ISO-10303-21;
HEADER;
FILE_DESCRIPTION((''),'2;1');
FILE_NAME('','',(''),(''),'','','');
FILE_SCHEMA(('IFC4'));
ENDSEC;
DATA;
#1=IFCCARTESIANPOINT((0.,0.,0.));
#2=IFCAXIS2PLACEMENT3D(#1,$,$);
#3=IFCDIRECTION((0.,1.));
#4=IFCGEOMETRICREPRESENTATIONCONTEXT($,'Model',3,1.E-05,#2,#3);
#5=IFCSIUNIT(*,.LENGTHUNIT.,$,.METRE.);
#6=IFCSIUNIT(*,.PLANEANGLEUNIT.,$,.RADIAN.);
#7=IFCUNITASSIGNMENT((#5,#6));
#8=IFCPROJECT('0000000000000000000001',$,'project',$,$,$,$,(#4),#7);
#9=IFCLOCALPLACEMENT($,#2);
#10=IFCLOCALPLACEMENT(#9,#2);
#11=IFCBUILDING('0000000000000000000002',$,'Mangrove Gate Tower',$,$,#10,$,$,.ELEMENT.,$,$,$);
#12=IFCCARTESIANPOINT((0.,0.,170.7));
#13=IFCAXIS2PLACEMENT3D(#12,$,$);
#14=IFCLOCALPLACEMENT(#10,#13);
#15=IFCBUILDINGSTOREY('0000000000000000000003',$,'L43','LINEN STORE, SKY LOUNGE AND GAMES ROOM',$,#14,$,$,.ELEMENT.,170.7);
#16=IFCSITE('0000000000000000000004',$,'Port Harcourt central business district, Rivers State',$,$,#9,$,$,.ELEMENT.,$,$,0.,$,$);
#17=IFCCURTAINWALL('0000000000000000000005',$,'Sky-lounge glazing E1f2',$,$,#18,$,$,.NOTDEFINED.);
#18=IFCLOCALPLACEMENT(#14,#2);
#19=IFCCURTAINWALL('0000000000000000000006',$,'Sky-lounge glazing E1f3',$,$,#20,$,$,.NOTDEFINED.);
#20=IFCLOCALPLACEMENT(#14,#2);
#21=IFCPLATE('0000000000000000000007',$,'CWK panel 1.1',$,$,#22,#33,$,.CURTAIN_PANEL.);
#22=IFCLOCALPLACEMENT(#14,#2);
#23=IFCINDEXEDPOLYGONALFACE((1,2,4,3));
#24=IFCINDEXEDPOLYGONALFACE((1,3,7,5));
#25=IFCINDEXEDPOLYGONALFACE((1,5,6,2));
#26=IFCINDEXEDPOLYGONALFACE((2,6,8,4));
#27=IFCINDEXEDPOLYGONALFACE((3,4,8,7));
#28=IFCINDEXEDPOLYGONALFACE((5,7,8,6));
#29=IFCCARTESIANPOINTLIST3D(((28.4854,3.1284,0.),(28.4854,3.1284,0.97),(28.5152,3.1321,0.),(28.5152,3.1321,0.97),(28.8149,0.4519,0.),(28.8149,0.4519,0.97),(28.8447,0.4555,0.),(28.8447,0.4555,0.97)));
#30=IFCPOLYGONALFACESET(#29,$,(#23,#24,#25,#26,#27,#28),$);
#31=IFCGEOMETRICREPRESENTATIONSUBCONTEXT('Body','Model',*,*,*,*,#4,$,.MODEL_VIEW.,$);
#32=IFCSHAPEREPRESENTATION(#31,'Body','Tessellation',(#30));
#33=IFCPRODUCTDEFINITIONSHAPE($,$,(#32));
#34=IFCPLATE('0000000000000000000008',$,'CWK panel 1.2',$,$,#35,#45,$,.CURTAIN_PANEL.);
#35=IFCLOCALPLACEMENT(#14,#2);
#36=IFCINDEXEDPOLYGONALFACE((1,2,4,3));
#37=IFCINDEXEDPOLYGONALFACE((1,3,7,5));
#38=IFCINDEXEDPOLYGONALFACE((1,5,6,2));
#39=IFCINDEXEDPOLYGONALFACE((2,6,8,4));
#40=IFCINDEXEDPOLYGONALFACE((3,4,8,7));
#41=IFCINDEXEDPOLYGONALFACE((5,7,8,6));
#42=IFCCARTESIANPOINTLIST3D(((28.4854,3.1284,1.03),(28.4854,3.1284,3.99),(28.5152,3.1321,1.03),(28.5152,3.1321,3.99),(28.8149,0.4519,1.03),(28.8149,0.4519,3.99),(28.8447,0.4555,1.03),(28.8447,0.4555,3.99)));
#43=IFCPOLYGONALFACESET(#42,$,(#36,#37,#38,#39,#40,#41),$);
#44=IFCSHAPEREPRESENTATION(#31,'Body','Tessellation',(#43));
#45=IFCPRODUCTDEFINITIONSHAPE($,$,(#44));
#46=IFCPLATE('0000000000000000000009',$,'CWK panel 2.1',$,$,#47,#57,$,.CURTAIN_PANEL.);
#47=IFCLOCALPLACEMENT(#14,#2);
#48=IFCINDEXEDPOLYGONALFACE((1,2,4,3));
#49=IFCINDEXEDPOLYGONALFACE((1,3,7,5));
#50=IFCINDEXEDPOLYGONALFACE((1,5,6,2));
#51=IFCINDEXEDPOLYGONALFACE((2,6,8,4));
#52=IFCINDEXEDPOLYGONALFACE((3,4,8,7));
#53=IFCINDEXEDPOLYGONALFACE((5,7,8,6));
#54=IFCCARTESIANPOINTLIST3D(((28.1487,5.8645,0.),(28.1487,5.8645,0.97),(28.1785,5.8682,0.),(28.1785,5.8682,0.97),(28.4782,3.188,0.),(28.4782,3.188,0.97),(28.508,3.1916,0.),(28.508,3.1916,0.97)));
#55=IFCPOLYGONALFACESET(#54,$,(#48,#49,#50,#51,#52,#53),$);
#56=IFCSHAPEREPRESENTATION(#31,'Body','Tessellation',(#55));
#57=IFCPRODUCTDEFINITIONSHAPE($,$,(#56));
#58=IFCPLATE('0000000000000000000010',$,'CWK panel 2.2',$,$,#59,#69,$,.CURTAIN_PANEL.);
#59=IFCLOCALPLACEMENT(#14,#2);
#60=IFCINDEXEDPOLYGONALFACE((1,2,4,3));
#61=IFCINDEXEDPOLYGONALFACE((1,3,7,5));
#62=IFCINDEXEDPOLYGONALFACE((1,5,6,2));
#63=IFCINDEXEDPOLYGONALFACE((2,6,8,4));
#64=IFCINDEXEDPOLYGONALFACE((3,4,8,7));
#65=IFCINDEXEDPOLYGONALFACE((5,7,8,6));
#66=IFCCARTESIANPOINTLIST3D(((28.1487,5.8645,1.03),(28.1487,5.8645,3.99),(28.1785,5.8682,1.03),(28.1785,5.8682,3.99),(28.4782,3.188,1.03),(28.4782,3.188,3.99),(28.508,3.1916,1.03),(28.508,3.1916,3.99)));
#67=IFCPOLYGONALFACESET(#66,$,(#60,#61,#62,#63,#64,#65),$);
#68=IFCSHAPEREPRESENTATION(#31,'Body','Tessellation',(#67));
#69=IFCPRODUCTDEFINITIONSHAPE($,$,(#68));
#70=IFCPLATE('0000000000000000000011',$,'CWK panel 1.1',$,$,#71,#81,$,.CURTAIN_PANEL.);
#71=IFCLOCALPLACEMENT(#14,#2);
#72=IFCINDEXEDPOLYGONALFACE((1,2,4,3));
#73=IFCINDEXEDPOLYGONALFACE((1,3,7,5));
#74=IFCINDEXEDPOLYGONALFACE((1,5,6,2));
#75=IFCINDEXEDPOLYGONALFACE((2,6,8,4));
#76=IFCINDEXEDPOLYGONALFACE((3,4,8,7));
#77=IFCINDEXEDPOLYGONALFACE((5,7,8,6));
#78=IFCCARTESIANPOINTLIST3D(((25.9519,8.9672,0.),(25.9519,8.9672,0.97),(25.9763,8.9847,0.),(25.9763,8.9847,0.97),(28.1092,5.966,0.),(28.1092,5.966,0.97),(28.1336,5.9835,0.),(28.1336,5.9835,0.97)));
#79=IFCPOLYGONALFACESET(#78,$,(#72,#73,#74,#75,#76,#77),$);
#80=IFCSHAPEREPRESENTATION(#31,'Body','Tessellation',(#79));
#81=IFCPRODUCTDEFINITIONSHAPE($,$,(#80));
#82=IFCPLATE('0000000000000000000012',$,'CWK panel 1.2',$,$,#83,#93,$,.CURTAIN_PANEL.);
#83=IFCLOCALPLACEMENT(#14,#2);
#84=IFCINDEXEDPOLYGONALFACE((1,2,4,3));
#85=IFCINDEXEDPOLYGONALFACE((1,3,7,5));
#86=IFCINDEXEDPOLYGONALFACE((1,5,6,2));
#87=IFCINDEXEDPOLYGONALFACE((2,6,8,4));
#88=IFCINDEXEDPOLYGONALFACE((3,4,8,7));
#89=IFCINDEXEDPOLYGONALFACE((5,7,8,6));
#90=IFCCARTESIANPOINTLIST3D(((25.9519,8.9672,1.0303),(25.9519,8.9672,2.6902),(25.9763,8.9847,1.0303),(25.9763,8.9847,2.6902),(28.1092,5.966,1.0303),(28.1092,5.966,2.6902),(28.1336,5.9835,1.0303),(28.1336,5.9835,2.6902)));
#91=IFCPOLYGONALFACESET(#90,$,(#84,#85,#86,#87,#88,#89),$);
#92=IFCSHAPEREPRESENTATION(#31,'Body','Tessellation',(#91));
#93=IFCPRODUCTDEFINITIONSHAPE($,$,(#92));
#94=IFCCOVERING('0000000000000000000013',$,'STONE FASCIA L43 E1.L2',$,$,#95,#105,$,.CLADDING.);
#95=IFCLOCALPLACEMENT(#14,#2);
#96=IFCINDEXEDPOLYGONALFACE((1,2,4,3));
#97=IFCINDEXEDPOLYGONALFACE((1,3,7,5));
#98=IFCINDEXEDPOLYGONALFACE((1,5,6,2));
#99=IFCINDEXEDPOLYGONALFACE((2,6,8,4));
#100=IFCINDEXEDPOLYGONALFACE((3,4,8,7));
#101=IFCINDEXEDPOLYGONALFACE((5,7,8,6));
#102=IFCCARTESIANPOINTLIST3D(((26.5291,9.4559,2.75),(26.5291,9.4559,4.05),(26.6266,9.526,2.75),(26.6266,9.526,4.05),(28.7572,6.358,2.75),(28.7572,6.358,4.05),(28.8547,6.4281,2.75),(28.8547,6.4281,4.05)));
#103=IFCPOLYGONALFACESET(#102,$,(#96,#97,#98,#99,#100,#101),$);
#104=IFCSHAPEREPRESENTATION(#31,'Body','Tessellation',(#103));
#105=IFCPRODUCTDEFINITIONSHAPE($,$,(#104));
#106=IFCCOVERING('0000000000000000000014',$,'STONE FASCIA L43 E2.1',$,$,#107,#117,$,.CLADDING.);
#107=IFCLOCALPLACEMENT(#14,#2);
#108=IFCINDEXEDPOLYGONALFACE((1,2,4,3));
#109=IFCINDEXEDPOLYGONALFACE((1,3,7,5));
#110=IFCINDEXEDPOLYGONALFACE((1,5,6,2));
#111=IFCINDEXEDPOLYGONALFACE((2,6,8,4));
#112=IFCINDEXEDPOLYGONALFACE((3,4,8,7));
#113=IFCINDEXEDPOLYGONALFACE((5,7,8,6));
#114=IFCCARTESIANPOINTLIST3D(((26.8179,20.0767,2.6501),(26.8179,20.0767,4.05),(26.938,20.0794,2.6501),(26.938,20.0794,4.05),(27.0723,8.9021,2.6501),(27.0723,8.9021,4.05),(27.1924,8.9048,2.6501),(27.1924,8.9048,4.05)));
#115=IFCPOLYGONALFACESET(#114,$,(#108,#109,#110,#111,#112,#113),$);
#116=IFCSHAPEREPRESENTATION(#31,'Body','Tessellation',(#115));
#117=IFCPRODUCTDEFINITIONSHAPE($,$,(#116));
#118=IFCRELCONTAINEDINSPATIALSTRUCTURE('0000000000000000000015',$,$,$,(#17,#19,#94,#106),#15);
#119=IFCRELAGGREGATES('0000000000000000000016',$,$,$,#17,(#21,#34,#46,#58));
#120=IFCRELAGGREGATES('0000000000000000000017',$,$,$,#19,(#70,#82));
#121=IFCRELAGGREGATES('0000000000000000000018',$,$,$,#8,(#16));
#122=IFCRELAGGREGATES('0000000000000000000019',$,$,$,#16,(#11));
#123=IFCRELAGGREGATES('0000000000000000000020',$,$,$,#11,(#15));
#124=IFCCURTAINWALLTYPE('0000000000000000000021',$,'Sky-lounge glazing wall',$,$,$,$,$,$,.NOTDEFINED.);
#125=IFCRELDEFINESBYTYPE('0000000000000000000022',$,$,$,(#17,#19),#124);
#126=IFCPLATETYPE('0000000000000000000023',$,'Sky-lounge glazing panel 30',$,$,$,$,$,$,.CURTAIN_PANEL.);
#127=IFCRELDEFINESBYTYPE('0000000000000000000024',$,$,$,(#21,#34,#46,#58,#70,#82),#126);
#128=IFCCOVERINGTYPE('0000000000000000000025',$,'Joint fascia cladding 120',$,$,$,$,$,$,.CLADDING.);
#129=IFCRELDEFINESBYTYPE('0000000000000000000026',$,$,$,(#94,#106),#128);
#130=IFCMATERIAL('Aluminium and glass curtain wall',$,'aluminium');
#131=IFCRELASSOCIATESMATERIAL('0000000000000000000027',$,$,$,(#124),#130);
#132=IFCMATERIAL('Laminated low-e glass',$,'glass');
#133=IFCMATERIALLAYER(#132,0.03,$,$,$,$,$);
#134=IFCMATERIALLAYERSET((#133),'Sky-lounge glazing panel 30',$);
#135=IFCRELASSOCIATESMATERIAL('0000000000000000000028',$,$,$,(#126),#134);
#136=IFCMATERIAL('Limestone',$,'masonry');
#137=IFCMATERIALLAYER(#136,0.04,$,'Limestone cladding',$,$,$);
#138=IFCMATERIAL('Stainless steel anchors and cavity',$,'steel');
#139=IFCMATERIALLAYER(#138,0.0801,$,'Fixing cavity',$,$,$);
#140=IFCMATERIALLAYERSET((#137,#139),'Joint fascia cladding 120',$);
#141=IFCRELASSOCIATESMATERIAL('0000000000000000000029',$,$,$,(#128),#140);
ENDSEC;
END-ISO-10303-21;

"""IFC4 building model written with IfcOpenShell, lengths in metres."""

from ifc_helpers import new_model, si_unit, direction, frame, frame_2d, origin, origin_2d, place, context, subcontext, project, spatial, rectangle, extrude, material, layer, layer_set, type_object, element, aggregate, save


model = new_model("IFC4")

# Units and contexts
model_context = context("Model", 3, precision=1e-05, world=origin(), true_north=direction((0.0, 1.0)))
body_context = subcontext(model_context, "Body", "Model", "MODEL_VIEW")
ifc_project = project(units=[si_unit("LENGTHUNIT", "METRE"), si_unit("PLANEANGLEUNIT", "RADIAN")], contexts=[model_context])

# Site, building, storey
site_placement = place(None, origin())
site = spatial("IfcSite", under=ifc_project, at=site_placement, Name="Port Harcourt central business district, Rivers State", CompositionType="ELEMENT", RefElevation=0.0)
building_placement = place(site_placement, origin())
building = spatial("IfcBuilding", under=site, at=building_placement, Name="Mangrove Gate Tower", CompositionType="ELEMENT")
storey_placement = place(building_placement, frame((0.0, 0.0, 170.7)))
storey = spatial("IfcBuildingStorey", under=building, at=storey_placement, Name="L43", Description="LINEN STORE, SKY LOUNGE AND GAMES ROOM", CompositionType="ELEMENT", Elevation=170.7)

# Shared definitions
ifc_material_1 = material(Name="Aluminium and glass curtain wall", Category="aluminium")
curtain_wall_type = type_object("IfcCurtainWallType", Name="Sky-lounge glazing wall", PredefinedType="NOTDEFINED", material=ifc_material_1)

# Curtain wall
curtain_wall_1_placement = place(storey_placement, origin())
curtain_wall_1 = element("IfcCurtainWall", 1, at=curtain_wall_1_placement, inside=storey, type_object=curtain_wall_type, Name="Sky-lounge glazing E1f2", PredefinedType="NOTDEFINED")

# Curtain wall
curtain_wall_2_placement = place(storey_placement, origin())
curtain_wall_2 = element("IfcCurtainWall", 2, at=curtain_wall_2_placement, inside=storey, type_object=curtain_wall_type, Name="Sky-lounge glazing E1f3", PredefinedType="NOTDEFINED")

# Plates
ifc_material_2 = material(Name="Laminated low-e glass", Category="glass")
ifc_layer_1 = layer(ifc_material_2, 0.03)
ifc_layer_set_1 = layer_set([ifc_layer_1], Name="Sky-lounge glazing panel 30")
plate_type = type_object("IfcPlateType", Name="Sky-lounge glazing panel 30", PredefinedType="CURTAIN_PANEL", material=ifc_layer_set_1)
plate_1_placement = place(storey_placement, frame((28.665, 1.792, 0.0), z_axis=(0.0, 0.0, 1.0), x_axis=(-0.122172, 0.992509, 0.0)))
plate_1 = element("IfcPlate", 3, at=plate_1_placement, type_object=plate_type, Name="CWK panel 1.1", PredefinedType="CURTAIN_PANEL", context=body_context, shape_type="SweptSolid", body=[
    extrude(rectangle(XDim=2.6968, YDim=0.03, at=origin_2d()), origin(), (0.0, 0.0, 1.0), 0.97),
])
plate_2_placement = place(storey_placement, frame((28.665, 1.792, 1.03), z_axis=(0.0, 0.0, 1.0), x_axis=(-0.122172, 0.992509, 0.0)))
plate_2 = element("IfcPlate", 4, at=plate_2_placement, type_object=plate_type, Name="CWK panel 1.2", PredefinedType="CURTAIN_PANEL", context=body_context, shape_type="SweptSolid", body=[
    extrude(rectangle(XDim=2.6968, YDim=0.03, at=origin_2d()), origin(), (0.0, 0.0, 1.0), 2.96),
])
plate_3_placement = place(storey_placement, frame((28.3284, 4.5281, 0.0), z_axis=(0.0, 0.0, 1.0), x_axis=(-0.122172, 0.992509, 0.0)))
plate_3 = element("IfcPlate", 5, at=plate_3_placement, type_object=plate_type, Name="CWK panel 2.1", PredefinedType="CURTAIN_PANEL", context=body_context, shape_type="SweptSolid", body=[
    extrude(rectangle(XDim=2.6968, YDim=0.03, at=origin_2d()), origin(), (0.0, 0.0, 1.0), 0.97),
])
plate_4_placement = place(storey_placement, frame((28.3284, 4.5281, 1.03), z_axis=(0.0, 0.0, 1.0), x_axis=(-0.122172, 0.992509, 0.0)))
plate_4 = element("IfcPlate", 6, at=plate_4_placement, type_object=plate_type, Name="CWK panel 2.2", PredefinedType="CURTAIN_PANEL", context=body_context, shape_type="SweptSolid", body=[
    extrude(rectangle(XDim=2.6968, YDim=0.03, at=origin_2d()), origin(), (0.0, 0.0, 1.0), 2.96),
])
aggregate(curtain_wall_1, [plate_1, plate_2, plate_3, plate_4])
plate_5_placement = place(storey_placement, frame((27.0427, 7.4753, 0.0), z_axis=(0.0, 0.0, 1.0), x_axis=(-0.58367, 0.811991, 0.0)))
plate_5 = element("IfcPlate", 7, at=plate_5_placement, type_object=plate_type, Name="CWK panel 1.1", PredefinedType="CURTAIN_PANEL", context=body_context, shape_type="SweptSolid", body=[
    extrude(rectangle(XDim=3.696, YDim=0.03, at=origin_2d()), origin(), (0.0, 0.0, 1.0), 0.97),
])
plate_6_placement = place(storey_placement, frame((27.0427, 7.4753, 1.0303), z_axis=(0.0, 0.0, 1.0), x_axis=(-0.58367, 0.811991, 0.0)))
plate_6 = element("IfcPlate", 8, at=plate_6_placement, type_object=plate_type, Name="CWK panel 1.2", PredefinedType="CURTAIN_PANEL", context=body_context, shape_type="SweptSolid", body=[
    extrude(rectangle(XDim=3.696, YDim=0.03, at=origin_2d()), origin(), (0.0, 0.0, 1.0), 1.6599),
])
aggregate(curtain_wall_2, [plate_5, plate_6])

# Coverings
ifc_material_3 = material(Name="Limestone", Category="masonry")
ifc_layer_2 = layer(ifc_material_3, 0.04, Name="Limestone cladding")
ifc_material_4 = material(Name="Stainless steel anchors and cavity", Category="steel")
ifc_layer_3 = layer(ifc_material_4, 0.0801, Name="Fixing cavity")
ifc_layer_set_2 = layer_set([ifc_layer_2, ifc_layer_3], Name="Joint fascia cladding 120")
covering_type = type_object("IfcCoveringType", Name="Joint fascia cladding 120", PredefinedType="CLADDING", material=ifc_layer_set_2)
covering_1_placement = place(storey_placement, frame((28.8059, 6.3931, 2.75), z_axis=(0.0, 0.0, 1.0), x_axis=(-0.58388, 0.81184, 0.0)))
element("IfcCovering", 9, at=covering_1_placement, inside=storey, type_object=covering_type, Name="STONE FASCIA L43 E1.L2", PredefinedType="CLADDING", context=body_context, shape_type="SweptSolid", body=[
    extrude(rectangle(XDim=3.8159, YDim=0.1201, at=frame_2d((1.908, 0.0))), origin(), (0.0, 0.0, 1.0), 1.3),
])
covering_2_placement = place(storey_placement, frame((27.1323, 8.9033, 2.6501), z_axis=(0.0, 0.0, 1.0), x_axis=(-0.02276, 0.999741, 0.0)))
element("IfcCovering", 10, at=covering_2_placement, inside=storey, type_object=covering_type, Name="STONE FASCIA L43 E2.1", PredefinedType="CLADDING", context=body_context, shape_type="SweptSolid", body=[
    extrude(rectangle(XDim=11.1775, YDim=0.1201, at=frame_2d((5.5889, 0.0))), origin(), (0.0, 0.0, 1.0), 1.3999),
])

save(model, "model.ifc")
